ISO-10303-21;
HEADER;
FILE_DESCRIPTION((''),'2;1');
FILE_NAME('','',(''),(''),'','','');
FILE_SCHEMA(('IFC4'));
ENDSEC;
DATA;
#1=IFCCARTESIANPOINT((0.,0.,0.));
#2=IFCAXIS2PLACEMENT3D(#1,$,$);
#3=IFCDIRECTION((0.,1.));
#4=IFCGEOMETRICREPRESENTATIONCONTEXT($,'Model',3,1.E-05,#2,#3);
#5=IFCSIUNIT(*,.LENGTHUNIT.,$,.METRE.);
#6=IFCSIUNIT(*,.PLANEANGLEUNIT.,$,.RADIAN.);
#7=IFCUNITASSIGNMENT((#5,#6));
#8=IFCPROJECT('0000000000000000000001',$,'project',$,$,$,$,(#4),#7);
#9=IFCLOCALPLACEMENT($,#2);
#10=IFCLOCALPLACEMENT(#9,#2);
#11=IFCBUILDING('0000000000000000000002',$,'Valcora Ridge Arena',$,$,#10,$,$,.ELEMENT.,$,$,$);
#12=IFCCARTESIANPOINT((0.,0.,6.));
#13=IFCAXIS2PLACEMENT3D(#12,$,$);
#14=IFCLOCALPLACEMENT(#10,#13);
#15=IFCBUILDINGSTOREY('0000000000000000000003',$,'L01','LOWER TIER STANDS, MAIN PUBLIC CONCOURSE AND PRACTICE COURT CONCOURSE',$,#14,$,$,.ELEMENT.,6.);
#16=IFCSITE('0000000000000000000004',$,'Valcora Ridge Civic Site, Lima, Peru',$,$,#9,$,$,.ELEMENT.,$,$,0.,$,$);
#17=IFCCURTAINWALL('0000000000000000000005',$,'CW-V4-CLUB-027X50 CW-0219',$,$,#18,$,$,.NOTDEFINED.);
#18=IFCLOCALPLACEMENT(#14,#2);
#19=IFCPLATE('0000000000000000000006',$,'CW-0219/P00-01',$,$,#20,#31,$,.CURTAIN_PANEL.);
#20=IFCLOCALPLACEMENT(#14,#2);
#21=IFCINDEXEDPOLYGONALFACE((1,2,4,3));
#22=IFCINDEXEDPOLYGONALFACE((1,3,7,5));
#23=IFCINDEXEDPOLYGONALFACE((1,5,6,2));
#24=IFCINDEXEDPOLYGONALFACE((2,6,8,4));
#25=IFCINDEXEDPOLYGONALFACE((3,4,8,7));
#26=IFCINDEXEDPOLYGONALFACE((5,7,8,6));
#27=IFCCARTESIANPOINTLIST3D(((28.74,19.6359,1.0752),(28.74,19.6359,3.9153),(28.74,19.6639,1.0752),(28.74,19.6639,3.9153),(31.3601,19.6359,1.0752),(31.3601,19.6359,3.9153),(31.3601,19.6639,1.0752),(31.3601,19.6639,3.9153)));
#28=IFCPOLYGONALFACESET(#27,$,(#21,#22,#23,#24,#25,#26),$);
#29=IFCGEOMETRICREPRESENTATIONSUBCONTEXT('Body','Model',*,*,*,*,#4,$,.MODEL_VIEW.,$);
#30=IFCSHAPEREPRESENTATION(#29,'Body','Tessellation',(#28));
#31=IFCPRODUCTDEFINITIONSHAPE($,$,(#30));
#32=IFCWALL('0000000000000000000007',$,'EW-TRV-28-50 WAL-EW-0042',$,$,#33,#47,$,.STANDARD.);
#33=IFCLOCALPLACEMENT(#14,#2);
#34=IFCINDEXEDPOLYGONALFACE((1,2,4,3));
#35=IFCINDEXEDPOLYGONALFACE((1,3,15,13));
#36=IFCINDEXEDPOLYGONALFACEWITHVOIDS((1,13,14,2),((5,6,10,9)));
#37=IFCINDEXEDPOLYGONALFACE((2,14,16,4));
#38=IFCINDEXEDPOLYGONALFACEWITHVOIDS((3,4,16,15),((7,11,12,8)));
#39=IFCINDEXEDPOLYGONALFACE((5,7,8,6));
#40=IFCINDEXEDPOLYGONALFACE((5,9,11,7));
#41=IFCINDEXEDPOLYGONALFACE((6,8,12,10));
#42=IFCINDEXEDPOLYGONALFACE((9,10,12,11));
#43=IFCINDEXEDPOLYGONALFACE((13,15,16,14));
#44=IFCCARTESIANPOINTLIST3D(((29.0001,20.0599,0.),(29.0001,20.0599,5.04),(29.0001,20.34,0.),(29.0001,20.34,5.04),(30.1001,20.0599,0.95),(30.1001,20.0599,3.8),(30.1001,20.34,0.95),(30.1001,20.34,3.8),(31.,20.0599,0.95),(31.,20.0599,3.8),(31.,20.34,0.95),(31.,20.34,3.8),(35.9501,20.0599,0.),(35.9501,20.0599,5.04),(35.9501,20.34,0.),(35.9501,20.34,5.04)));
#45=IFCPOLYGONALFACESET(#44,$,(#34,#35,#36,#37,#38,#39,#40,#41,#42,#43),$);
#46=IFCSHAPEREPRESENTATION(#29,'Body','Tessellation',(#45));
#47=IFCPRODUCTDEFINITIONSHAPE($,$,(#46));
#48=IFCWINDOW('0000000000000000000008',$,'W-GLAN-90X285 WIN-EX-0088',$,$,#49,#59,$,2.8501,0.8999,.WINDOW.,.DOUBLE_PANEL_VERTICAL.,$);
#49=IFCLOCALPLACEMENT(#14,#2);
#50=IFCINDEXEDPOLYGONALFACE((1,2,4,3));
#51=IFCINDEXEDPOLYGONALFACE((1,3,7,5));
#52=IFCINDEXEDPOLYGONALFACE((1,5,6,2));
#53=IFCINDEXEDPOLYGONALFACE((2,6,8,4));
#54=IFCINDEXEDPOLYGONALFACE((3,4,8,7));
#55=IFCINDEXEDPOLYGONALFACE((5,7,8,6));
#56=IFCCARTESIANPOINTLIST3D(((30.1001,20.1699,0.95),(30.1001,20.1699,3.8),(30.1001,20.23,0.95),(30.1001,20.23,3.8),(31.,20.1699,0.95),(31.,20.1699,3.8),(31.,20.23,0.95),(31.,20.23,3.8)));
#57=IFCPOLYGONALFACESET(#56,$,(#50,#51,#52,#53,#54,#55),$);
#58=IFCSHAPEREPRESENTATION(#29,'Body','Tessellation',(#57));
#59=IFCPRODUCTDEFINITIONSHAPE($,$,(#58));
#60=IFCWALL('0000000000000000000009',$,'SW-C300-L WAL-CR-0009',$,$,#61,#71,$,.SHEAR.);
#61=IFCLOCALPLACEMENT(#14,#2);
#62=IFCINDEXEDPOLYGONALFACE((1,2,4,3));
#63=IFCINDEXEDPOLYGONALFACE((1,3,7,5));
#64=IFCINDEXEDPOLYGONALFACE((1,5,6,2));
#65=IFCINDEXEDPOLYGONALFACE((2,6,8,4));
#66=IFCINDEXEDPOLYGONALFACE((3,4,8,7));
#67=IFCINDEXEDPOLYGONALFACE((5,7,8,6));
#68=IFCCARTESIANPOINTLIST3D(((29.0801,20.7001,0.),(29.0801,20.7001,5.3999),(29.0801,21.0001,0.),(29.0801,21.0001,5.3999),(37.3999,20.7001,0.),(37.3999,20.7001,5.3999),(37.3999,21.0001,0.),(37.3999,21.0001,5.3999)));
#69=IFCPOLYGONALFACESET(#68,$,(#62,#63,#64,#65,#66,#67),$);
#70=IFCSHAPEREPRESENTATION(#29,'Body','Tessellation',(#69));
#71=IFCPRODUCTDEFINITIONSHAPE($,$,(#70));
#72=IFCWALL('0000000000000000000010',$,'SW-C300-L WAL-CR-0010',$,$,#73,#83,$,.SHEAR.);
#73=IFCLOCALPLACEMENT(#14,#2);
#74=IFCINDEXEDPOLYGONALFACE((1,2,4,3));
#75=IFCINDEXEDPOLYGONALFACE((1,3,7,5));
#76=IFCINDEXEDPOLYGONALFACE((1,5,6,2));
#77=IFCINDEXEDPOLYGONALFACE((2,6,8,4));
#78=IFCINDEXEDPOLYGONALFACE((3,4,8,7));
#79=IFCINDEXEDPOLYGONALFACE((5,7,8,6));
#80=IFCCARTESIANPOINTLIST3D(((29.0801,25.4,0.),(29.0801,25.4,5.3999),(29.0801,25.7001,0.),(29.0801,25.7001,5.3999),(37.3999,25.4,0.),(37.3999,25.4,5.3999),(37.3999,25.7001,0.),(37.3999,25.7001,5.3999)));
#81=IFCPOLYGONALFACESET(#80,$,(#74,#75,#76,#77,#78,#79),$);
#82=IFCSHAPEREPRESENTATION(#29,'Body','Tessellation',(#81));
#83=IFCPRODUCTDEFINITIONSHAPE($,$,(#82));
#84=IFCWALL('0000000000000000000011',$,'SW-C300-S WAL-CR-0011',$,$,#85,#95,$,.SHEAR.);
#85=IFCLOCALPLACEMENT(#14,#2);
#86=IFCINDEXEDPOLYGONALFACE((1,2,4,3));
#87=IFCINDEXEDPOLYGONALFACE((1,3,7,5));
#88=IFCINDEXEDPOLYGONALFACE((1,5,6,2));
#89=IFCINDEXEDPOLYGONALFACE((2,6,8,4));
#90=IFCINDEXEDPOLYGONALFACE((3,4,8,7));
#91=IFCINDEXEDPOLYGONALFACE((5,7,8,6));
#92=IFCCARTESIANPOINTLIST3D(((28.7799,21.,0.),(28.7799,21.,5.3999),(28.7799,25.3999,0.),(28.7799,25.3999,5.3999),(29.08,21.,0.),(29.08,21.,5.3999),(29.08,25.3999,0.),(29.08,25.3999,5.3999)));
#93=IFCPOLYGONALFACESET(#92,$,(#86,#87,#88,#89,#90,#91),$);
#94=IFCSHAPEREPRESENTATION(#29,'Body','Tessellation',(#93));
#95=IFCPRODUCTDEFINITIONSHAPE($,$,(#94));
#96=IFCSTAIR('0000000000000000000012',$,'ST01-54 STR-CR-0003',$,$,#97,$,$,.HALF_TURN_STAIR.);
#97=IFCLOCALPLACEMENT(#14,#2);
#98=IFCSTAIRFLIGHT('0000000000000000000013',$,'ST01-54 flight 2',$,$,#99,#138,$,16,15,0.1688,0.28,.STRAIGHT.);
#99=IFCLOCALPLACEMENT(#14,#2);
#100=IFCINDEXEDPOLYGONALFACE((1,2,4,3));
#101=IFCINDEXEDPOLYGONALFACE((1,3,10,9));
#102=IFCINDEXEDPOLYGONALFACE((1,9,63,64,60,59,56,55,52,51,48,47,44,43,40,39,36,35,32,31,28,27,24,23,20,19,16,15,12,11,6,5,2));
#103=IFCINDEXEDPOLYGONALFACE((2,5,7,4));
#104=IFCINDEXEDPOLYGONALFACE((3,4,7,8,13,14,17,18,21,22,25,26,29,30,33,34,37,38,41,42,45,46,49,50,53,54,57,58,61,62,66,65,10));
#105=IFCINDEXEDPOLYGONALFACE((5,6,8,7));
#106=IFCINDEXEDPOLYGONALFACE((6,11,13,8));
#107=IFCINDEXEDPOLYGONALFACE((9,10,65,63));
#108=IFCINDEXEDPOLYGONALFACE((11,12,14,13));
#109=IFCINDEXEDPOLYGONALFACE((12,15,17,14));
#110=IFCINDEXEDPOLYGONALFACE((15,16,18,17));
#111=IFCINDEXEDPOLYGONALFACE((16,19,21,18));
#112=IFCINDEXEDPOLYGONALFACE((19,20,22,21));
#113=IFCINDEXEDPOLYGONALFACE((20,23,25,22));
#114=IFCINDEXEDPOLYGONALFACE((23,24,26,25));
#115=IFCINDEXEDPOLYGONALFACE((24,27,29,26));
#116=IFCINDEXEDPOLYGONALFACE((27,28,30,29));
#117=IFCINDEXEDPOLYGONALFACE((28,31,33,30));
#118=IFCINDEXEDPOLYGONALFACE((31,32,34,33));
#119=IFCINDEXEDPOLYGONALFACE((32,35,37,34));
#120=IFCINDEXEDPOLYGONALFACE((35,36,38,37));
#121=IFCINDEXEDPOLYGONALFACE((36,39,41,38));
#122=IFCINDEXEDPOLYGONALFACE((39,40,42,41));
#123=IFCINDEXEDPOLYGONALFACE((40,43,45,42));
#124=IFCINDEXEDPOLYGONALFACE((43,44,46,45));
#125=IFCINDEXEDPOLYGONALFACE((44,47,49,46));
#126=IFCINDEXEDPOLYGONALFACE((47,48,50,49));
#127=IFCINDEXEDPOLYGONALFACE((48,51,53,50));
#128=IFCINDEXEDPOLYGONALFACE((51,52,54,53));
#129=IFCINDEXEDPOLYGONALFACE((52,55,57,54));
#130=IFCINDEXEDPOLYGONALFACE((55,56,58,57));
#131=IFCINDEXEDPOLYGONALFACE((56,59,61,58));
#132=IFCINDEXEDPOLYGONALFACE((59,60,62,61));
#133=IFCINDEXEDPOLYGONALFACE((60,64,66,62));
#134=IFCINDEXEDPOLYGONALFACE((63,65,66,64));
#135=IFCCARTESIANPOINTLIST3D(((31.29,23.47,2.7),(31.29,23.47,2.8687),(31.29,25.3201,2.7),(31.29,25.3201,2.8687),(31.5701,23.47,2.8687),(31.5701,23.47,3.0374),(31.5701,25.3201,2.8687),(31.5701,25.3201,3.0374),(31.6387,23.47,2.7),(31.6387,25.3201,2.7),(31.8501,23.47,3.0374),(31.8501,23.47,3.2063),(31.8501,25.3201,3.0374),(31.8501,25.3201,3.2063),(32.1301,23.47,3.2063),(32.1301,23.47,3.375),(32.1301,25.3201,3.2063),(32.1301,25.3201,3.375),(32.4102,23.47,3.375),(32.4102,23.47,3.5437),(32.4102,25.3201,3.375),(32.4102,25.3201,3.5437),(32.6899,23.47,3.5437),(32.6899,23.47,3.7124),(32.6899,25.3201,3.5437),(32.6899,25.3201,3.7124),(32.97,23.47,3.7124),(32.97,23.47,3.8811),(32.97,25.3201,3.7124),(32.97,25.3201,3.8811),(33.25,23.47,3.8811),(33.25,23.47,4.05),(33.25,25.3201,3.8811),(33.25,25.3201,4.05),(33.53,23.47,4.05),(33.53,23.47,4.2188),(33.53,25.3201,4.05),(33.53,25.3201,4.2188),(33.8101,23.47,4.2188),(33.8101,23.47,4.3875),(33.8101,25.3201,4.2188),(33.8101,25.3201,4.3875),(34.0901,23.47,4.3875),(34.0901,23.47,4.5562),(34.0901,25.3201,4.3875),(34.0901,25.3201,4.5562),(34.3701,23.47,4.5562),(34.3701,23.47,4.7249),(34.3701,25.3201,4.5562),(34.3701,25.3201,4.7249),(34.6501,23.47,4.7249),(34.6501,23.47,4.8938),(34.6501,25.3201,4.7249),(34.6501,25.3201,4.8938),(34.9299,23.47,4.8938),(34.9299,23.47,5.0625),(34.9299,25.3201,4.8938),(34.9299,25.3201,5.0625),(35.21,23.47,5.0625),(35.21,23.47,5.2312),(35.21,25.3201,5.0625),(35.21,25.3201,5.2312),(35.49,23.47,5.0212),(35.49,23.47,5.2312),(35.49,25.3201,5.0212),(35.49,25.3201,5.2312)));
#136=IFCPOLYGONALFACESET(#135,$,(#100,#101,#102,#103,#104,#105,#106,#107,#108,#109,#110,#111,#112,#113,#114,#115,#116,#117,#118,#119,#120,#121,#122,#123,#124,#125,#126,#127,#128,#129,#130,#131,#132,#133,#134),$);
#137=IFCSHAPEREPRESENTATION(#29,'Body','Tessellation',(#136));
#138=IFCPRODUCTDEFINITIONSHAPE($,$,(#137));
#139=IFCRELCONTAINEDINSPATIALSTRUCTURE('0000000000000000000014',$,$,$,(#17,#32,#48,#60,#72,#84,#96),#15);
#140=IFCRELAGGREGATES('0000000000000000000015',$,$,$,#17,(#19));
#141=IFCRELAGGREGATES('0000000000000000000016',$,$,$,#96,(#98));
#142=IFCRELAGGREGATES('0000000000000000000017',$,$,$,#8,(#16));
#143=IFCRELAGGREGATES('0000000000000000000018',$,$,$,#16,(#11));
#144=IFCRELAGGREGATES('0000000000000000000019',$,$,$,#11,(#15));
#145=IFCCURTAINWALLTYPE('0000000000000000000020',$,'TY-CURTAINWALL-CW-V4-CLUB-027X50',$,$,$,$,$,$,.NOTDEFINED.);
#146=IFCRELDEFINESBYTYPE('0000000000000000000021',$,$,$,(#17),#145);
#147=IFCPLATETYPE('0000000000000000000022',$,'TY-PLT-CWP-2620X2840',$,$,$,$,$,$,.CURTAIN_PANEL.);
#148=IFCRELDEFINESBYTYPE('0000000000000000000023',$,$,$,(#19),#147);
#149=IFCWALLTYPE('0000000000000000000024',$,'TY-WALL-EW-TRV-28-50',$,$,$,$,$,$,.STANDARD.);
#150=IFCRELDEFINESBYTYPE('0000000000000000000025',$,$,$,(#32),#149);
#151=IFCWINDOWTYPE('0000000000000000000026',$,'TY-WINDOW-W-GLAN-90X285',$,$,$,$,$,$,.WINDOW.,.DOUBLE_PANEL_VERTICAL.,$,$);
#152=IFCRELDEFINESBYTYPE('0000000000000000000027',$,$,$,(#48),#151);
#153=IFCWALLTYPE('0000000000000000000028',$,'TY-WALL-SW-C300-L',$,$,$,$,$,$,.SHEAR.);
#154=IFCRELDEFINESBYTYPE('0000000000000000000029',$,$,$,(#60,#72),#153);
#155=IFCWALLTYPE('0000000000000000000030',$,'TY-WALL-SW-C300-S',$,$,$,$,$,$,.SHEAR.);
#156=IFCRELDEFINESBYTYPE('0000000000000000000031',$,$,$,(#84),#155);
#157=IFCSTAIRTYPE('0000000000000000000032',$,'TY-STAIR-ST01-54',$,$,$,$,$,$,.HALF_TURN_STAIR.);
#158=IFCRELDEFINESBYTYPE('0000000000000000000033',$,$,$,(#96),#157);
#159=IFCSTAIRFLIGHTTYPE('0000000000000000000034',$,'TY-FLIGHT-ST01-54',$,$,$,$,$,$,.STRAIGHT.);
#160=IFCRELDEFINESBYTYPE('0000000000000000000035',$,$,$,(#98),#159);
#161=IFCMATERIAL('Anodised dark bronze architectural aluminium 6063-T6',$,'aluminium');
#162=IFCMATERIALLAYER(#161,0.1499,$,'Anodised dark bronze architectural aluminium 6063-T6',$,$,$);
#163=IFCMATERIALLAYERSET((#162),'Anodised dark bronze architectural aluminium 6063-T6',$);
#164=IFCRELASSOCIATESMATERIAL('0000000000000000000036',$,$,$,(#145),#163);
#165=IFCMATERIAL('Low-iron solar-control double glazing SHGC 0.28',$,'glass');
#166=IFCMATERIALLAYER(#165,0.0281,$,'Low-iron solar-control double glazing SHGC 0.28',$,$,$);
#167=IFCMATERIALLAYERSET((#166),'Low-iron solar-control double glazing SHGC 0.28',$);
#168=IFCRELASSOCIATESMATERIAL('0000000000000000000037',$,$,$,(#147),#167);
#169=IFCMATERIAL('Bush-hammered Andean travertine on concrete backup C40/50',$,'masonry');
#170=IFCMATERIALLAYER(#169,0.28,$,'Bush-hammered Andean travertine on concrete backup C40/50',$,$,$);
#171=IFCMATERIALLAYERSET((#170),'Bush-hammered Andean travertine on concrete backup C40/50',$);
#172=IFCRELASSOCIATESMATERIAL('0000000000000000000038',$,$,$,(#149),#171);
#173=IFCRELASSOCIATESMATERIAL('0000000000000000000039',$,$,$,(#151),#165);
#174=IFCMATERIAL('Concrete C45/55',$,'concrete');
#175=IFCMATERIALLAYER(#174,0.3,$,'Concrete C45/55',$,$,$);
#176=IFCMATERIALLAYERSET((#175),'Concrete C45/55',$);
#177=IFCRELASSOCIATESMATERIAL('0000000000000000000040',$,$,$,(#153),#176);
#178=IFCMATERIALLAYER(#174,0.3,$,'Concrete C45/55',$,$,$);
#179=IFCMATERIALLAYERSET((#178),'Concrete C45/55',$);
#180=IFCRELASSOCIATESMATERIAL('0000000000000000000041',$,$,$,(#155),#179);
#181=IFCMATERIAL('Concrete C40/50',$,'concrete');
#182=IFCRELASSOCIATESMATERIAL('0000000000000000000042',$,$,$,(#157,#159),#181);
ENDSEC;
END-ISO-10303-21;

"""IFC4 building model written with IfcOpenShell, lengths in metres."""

from ifc_helpers import new_model, si_unit, direction, frame, frame_2d, origin, origin_2d, place, context, subcontext, project, spatial, polyline, rectangle, outline, extrude, material, layer, layer_set, type_object, element, fill, aggregate, save


model = new_model("IFC4")

# Units and contexts
model_context = context("Model", 3, precision=1e-05, world=origin(), true_north=direction((0.0, 1.0)))
body_context = subcontext(model_context, "Body", "Model", "MODEL_VIEW")
ifc_project = project(units=[si_unit("LENGTHUNIT", "METRE"), si_unit("PLANEANGLEUNIT", "RADIAN")], contexts=[model_context])

# Site, building, storey
site_placement = place(None, origin())
site = spatial("IfcSite", under=ifc_project, at=site_placement, Name="Valcora Ridge Civic Site, Lima, Peru", CompositionType="ELEMENT", RefElevation=0.0)
building_placement = place(site_placement, origin())
building = spatial("IfcBuilding", under=site, at=building_placement, Name="Valcora Ridge Arena", CompositionType="ELEMENT")
storey_placement = place(building_placement, frame((0.0, 0.0, 6.0)))
storey = spatial("IfcBuildingStorey", under=building, at=storey_placement, Name="L01", Description="LOWER TIER STANDS, MAIN PUBLIC CONCOURSE AND PRACTICE COURT CONCOURSE", CompositionType="ELEMENT", Elevation=6.0)

# Shared definitions
ifc_material_1 = material(Name="Concrete C40/50", Category="concrete")

# Shared definitions
ifc_material_2 = material(Name="Concrete C45/55", Category="concrete")

# Curtain wall
ifc_material_3 = material(Name="Anodised dark bronze architectural aluminium 6063-T6", Category="aluminium")
ifc_layer_1 = layer(ifc_material_3, 0.1499, Name="Anodised dark bronze architectural aluminium 6063-T6")
ifc_layer_set_1 = layer_set([ifc_layer_1], Name="Anodised dark bronze architectural aluminium 6063-T6")
curtain_wall_type_1 = type_object("IfcCurtainWallType", Name="TY-CURTAINWALL-CW-V4-CLUB-027X50", PredefinedType="NOTDEFINED", material=ifc_layer_set_1)
curtain_wall_1_placement = place(storey_placement, origin())
curtain_wall_1 = element("IfcCurtainWall", 1, at=curtain_wall_1_placement, inside=storey, type_object=curtain_wall_type_1, Name="CW-V4-CLUB-027X50 CW-0219", PredefinedType="NOTDEFINED")

# Plate
ifc_material_4 = material(Name="Low-iron solar-control double glazing SHGC 0.28", Category="glass")
ifc_layer_2 = layer(ifc_material_4, 0.0281, Name="Low-iron solar-control double glazing SHGC 0.28")
ifc_layer_set_2 = layer_set([ifc_layer_2], Name="Low-iron solar-control double glazing SHGC 0.28")
plate_type_1 = type_object("IfcPlateType", Name="TY-PLT-CWP-2620X2840", PredefinedType="CURTAIN_PANEL", material=ifc_layer_set_2)
plate_1_placement = place(storey_placement, frame((30.05, 19.6499, 1.0752), z_axis=(0.0, 0.0, 1.0), x_axis=(1.0, 0.0, 0.0)))
plate_1 = element("IfcPlate", 2, at=plate_1_placement, type_object=plate_type_1, Name="CW-0219/P00-01", PredefinedType="CURTAIN_PANEL", context=body_context, shape_type="SweptSolid", body=[
    extrude(rectangle(XDim=2.6201, YDim=0.0281, at=origin_2d()), origin(), (0.0, 0.0, 1.0), 2.8401),
])
aggregate(curtain_wall_1, [plate_1])

# Wall, opening, window
ifc_material_5 = material(Name="Bush-hammered Andean travertine on concrete backup C40/50", Category="masonry")
ifc_layer_3 = layer(ifc_material_5, 0.28, Name="Bush-hammered Andean travertine on concrete backup C40/50")
ifc_layer_set_3 = layer_set([ifc_layer_3], Name="Bush-hammered Andean travertine on concrete backup C40/50")
wall_type_1 = type_object("IfcWallType", Name="TY-WALL-EW-TRV-28-50", PredefinedType="STANDARD", material=ifc_layer_set_3)
wall_1_placement = place(storey_placement, frame((29.0, 20.2, 0.0), z_axis=(0.0, 0.0, 1.0), x_axis=(1.0, 0.0, 0.0)))
wall_1 = element("IfcWall", 3, at=wall_1_placement, inside=storey, type_object=wall_type_1, Name="EW-TRV-28-50 WAL-EW-0042", PredefinedType="STANDARD", context=body_context, shape_type="SweptSolid", body=[
    extrude(rectangle(XDim=6.95, YDim=0.28, at=frame_2d((3.4751, 0.0))), origin(), (0.0, 0.0, 1.0), 5.04),
])
opening_placement = place(wall_1_placement, frame((1.1001, 0.0, 0.95)))
opening = element("IfcOpeningElement", 4, at=opening_placement, cuts=wall_1, PredefinedType="OPENING", context=body_context, shape_type="SweptSolid", body=[
    extrude(rectangle(XDim=0.8999, YDim=2.8501, at=frame_2d((0.45, 1.425))), frame((0.0, 0.1499, 0.0), z_axis=(0.0, -1.0, 0.0), x_axis=(1.0, 0.0, 0.0)), (0.0, 0.0, 1.0), 0.3),
])
window_type = type_object("IfcWindowType", Name="TY-WINDOW-W-GLAN-90X285", PartitioningType="DOUBLE_PANEL_VERTICAL", PredefinedType="WINDOW", material=ifc_material_4)
window_placement = place(opening_placement, origin())
window = element("IfcWindow", 5, at=window_placement, inside=storey, type_object=window_type, Name="W-GLAN-90X285 WIN-EX-0088", OverallHeight=2.8501, OverallWidth=0.8999, PartitioningType="DOUBLE_PANEL_VERTICAL", PredefinedType="WINDOW", context=body_context, shape_type="SweptSolid", body=[
    extrude(rectangle(XDim=0.8999, YDim=2.8501, at=frame_2d((0.45, 1.425))), frame((0.0, 0.03, 0.0), z_axis=(0.0, -1.0, 0.0), x_axis=(1.0, 0.0, 0.0)), (0.0, 0.0, 1.0), 0.0601),
])
fill(opening, window)

# Walls
ifc_layer_4 = layer(ifc_material_2, 0.3, Name="Concrete C45/55")
ifc_layer_set_4 = layer_set([ifc_layer_4], Name="Concrete C45/55")
wall_type_2 = type_object("IfcWallType", Name="TY-WALL-SW-C300-L", PredefinedType="SHEAR", material=ifc_layer_set_4)
for number, where, z_axis, x_axis, name in (
    (6, (29.0801, 20.8501, 0.0), (0.0, 0.0, 1.0), (1.0, 0.0, 0.0), "SW-C300-L WAL-CR-0009"),
    (7, (29.0801, 25.55, 0.0), (0.0, 0.0, 1.0), (1.0, 0.0, 0.0), "SW-C300-L WAL-CR-0010"),
):
    element("IfcWall", number, at=place(storey_placement, frame(where, z_axis=z_axis, x_axis=x_axis)), inside=storey, type_object=wall_type_2, Name=name, PredefinedType="SHEAR", context=body_context, shape_type="SweptSolid", body=[
        extrude(rectangle(XDim=8.3198, YDim=0.3, at=frame_2d((4.1599, 0.0))), origin(), (0.0, 0.0, 1.0), 5.3999),
    ])
ifc_layer_5 = layer(ifc_material_2, 0.3, Name="Concrete C45/55")
ifc_layer_set_5 = layer_set([ifc_layer_5], Name="Concrete C45/55")
wall_type_3 = type_object("IfcWallType", Name="TY-WALL-SW-C300-S", PredefinedType="SHEAR", material=ifc_layer_set_5)
wall_2_placement = place(storey_placement, frame((28.9299, 21.0, 0.0), z_axis=(0.0, 0.0, 1.0), x_axis=(0.0, 1.0, 0.0)))
element("IfcWall", 8, at=wall_2_placement, inside=storey, type_object=wall_type_3, Name="SW-C300-S WAL-CR-0011", PredefinedType="SHEAR", context=body_context, shape_type="SweptSolid", body=[
    extrude(rectangle(XDim=4.3999, YDim=0.3, at=frame_2d((2.2, 0.0))), origin(), (0.0, 0.0, 1.0), 5.3999),
])

# Stair, stair flight
stair_type = type_object("IfcStairType", Name="TY-STAIR-ST01-54", PredefinedType="HALF_TURN_STAIR", material=ifc_material_1)
stair_placement = place(storey_placement, origin())
stair = element("IfcStair", 9, at=stair_placement, inside=storey, type_object=stair_type, Name="ST01-54 STR-CR-0003", PredefinedType="HALF_TURN_STAIR")
stair_flight_type = type_object("IfcStairFlightType", Name="TY-FLIGHT-ST01-54", PredefinedType="STRAIGHT", material=ifc_material_1)
stair_flight_placement = place(storey_placement, frame((31.29, 24.395, 2.7), z_axis=(0.0, 0.0, 1.0), x_axis=(1.0, 0.0, 0.0)))
stair_flight = element("IfcStairFlight", 10, at=stair_flight_placement, type_object=stair_flight_type, Name="ST01-54 flight 2", NumberOfRisers=16, NumberOfTreads=15, PredefinedType="STRAIGHT", RiserHeight=0.1688, TreadLength=0.28, context=body_context, shape_type="SweptSolid", body=[
    extrude(outline(polyline([(0.0, 0.0), (0.0, 0.1687), (0.28, 0.1687), (0.28, 0.3374), (0.5601, 0.3374), (0.5601, 0.5063), (0.8401, 0.5063), (0.8401, 0.675), (1.1201, 0.675), (1.1201, 0.8438), (1.3999, 0.8438), (1.3999, 1.0125), (1.6799, 1.0125), (1.6799, 1.1812), (1.96, 1.1812), (1.96, 1.3501), (2.24, 1.3501), (2.24, 1.5188), (2.52, 1.5188), (2.52, 1.6875), (2.8, 1.6875), (2.8, 1.8562), (3.0801, 1.8562), (3.0801, 2.0249), (3.3601, 2.0249), (3.3601, 2.1938), (3.6399, 2.1938), (3.6399, 2.3625), (3.9199, 2.3625), (3.9199, 2.5312), (4.2, 2.5312), (4.2, 2.7), (4.2, 2.3213), (0.3486, 0.0), (0.0, 0.0)])), frame((0.0, 0.925, 0.0), z_axis=(0.0, -1.0, 0.0), x_axis=(1.0, 0.0, 0.0)), (0.0, 0.0, 1.0), 1.8501),
])
aggregate(stair, [stair_flight])

save(model, "model.ifc")
